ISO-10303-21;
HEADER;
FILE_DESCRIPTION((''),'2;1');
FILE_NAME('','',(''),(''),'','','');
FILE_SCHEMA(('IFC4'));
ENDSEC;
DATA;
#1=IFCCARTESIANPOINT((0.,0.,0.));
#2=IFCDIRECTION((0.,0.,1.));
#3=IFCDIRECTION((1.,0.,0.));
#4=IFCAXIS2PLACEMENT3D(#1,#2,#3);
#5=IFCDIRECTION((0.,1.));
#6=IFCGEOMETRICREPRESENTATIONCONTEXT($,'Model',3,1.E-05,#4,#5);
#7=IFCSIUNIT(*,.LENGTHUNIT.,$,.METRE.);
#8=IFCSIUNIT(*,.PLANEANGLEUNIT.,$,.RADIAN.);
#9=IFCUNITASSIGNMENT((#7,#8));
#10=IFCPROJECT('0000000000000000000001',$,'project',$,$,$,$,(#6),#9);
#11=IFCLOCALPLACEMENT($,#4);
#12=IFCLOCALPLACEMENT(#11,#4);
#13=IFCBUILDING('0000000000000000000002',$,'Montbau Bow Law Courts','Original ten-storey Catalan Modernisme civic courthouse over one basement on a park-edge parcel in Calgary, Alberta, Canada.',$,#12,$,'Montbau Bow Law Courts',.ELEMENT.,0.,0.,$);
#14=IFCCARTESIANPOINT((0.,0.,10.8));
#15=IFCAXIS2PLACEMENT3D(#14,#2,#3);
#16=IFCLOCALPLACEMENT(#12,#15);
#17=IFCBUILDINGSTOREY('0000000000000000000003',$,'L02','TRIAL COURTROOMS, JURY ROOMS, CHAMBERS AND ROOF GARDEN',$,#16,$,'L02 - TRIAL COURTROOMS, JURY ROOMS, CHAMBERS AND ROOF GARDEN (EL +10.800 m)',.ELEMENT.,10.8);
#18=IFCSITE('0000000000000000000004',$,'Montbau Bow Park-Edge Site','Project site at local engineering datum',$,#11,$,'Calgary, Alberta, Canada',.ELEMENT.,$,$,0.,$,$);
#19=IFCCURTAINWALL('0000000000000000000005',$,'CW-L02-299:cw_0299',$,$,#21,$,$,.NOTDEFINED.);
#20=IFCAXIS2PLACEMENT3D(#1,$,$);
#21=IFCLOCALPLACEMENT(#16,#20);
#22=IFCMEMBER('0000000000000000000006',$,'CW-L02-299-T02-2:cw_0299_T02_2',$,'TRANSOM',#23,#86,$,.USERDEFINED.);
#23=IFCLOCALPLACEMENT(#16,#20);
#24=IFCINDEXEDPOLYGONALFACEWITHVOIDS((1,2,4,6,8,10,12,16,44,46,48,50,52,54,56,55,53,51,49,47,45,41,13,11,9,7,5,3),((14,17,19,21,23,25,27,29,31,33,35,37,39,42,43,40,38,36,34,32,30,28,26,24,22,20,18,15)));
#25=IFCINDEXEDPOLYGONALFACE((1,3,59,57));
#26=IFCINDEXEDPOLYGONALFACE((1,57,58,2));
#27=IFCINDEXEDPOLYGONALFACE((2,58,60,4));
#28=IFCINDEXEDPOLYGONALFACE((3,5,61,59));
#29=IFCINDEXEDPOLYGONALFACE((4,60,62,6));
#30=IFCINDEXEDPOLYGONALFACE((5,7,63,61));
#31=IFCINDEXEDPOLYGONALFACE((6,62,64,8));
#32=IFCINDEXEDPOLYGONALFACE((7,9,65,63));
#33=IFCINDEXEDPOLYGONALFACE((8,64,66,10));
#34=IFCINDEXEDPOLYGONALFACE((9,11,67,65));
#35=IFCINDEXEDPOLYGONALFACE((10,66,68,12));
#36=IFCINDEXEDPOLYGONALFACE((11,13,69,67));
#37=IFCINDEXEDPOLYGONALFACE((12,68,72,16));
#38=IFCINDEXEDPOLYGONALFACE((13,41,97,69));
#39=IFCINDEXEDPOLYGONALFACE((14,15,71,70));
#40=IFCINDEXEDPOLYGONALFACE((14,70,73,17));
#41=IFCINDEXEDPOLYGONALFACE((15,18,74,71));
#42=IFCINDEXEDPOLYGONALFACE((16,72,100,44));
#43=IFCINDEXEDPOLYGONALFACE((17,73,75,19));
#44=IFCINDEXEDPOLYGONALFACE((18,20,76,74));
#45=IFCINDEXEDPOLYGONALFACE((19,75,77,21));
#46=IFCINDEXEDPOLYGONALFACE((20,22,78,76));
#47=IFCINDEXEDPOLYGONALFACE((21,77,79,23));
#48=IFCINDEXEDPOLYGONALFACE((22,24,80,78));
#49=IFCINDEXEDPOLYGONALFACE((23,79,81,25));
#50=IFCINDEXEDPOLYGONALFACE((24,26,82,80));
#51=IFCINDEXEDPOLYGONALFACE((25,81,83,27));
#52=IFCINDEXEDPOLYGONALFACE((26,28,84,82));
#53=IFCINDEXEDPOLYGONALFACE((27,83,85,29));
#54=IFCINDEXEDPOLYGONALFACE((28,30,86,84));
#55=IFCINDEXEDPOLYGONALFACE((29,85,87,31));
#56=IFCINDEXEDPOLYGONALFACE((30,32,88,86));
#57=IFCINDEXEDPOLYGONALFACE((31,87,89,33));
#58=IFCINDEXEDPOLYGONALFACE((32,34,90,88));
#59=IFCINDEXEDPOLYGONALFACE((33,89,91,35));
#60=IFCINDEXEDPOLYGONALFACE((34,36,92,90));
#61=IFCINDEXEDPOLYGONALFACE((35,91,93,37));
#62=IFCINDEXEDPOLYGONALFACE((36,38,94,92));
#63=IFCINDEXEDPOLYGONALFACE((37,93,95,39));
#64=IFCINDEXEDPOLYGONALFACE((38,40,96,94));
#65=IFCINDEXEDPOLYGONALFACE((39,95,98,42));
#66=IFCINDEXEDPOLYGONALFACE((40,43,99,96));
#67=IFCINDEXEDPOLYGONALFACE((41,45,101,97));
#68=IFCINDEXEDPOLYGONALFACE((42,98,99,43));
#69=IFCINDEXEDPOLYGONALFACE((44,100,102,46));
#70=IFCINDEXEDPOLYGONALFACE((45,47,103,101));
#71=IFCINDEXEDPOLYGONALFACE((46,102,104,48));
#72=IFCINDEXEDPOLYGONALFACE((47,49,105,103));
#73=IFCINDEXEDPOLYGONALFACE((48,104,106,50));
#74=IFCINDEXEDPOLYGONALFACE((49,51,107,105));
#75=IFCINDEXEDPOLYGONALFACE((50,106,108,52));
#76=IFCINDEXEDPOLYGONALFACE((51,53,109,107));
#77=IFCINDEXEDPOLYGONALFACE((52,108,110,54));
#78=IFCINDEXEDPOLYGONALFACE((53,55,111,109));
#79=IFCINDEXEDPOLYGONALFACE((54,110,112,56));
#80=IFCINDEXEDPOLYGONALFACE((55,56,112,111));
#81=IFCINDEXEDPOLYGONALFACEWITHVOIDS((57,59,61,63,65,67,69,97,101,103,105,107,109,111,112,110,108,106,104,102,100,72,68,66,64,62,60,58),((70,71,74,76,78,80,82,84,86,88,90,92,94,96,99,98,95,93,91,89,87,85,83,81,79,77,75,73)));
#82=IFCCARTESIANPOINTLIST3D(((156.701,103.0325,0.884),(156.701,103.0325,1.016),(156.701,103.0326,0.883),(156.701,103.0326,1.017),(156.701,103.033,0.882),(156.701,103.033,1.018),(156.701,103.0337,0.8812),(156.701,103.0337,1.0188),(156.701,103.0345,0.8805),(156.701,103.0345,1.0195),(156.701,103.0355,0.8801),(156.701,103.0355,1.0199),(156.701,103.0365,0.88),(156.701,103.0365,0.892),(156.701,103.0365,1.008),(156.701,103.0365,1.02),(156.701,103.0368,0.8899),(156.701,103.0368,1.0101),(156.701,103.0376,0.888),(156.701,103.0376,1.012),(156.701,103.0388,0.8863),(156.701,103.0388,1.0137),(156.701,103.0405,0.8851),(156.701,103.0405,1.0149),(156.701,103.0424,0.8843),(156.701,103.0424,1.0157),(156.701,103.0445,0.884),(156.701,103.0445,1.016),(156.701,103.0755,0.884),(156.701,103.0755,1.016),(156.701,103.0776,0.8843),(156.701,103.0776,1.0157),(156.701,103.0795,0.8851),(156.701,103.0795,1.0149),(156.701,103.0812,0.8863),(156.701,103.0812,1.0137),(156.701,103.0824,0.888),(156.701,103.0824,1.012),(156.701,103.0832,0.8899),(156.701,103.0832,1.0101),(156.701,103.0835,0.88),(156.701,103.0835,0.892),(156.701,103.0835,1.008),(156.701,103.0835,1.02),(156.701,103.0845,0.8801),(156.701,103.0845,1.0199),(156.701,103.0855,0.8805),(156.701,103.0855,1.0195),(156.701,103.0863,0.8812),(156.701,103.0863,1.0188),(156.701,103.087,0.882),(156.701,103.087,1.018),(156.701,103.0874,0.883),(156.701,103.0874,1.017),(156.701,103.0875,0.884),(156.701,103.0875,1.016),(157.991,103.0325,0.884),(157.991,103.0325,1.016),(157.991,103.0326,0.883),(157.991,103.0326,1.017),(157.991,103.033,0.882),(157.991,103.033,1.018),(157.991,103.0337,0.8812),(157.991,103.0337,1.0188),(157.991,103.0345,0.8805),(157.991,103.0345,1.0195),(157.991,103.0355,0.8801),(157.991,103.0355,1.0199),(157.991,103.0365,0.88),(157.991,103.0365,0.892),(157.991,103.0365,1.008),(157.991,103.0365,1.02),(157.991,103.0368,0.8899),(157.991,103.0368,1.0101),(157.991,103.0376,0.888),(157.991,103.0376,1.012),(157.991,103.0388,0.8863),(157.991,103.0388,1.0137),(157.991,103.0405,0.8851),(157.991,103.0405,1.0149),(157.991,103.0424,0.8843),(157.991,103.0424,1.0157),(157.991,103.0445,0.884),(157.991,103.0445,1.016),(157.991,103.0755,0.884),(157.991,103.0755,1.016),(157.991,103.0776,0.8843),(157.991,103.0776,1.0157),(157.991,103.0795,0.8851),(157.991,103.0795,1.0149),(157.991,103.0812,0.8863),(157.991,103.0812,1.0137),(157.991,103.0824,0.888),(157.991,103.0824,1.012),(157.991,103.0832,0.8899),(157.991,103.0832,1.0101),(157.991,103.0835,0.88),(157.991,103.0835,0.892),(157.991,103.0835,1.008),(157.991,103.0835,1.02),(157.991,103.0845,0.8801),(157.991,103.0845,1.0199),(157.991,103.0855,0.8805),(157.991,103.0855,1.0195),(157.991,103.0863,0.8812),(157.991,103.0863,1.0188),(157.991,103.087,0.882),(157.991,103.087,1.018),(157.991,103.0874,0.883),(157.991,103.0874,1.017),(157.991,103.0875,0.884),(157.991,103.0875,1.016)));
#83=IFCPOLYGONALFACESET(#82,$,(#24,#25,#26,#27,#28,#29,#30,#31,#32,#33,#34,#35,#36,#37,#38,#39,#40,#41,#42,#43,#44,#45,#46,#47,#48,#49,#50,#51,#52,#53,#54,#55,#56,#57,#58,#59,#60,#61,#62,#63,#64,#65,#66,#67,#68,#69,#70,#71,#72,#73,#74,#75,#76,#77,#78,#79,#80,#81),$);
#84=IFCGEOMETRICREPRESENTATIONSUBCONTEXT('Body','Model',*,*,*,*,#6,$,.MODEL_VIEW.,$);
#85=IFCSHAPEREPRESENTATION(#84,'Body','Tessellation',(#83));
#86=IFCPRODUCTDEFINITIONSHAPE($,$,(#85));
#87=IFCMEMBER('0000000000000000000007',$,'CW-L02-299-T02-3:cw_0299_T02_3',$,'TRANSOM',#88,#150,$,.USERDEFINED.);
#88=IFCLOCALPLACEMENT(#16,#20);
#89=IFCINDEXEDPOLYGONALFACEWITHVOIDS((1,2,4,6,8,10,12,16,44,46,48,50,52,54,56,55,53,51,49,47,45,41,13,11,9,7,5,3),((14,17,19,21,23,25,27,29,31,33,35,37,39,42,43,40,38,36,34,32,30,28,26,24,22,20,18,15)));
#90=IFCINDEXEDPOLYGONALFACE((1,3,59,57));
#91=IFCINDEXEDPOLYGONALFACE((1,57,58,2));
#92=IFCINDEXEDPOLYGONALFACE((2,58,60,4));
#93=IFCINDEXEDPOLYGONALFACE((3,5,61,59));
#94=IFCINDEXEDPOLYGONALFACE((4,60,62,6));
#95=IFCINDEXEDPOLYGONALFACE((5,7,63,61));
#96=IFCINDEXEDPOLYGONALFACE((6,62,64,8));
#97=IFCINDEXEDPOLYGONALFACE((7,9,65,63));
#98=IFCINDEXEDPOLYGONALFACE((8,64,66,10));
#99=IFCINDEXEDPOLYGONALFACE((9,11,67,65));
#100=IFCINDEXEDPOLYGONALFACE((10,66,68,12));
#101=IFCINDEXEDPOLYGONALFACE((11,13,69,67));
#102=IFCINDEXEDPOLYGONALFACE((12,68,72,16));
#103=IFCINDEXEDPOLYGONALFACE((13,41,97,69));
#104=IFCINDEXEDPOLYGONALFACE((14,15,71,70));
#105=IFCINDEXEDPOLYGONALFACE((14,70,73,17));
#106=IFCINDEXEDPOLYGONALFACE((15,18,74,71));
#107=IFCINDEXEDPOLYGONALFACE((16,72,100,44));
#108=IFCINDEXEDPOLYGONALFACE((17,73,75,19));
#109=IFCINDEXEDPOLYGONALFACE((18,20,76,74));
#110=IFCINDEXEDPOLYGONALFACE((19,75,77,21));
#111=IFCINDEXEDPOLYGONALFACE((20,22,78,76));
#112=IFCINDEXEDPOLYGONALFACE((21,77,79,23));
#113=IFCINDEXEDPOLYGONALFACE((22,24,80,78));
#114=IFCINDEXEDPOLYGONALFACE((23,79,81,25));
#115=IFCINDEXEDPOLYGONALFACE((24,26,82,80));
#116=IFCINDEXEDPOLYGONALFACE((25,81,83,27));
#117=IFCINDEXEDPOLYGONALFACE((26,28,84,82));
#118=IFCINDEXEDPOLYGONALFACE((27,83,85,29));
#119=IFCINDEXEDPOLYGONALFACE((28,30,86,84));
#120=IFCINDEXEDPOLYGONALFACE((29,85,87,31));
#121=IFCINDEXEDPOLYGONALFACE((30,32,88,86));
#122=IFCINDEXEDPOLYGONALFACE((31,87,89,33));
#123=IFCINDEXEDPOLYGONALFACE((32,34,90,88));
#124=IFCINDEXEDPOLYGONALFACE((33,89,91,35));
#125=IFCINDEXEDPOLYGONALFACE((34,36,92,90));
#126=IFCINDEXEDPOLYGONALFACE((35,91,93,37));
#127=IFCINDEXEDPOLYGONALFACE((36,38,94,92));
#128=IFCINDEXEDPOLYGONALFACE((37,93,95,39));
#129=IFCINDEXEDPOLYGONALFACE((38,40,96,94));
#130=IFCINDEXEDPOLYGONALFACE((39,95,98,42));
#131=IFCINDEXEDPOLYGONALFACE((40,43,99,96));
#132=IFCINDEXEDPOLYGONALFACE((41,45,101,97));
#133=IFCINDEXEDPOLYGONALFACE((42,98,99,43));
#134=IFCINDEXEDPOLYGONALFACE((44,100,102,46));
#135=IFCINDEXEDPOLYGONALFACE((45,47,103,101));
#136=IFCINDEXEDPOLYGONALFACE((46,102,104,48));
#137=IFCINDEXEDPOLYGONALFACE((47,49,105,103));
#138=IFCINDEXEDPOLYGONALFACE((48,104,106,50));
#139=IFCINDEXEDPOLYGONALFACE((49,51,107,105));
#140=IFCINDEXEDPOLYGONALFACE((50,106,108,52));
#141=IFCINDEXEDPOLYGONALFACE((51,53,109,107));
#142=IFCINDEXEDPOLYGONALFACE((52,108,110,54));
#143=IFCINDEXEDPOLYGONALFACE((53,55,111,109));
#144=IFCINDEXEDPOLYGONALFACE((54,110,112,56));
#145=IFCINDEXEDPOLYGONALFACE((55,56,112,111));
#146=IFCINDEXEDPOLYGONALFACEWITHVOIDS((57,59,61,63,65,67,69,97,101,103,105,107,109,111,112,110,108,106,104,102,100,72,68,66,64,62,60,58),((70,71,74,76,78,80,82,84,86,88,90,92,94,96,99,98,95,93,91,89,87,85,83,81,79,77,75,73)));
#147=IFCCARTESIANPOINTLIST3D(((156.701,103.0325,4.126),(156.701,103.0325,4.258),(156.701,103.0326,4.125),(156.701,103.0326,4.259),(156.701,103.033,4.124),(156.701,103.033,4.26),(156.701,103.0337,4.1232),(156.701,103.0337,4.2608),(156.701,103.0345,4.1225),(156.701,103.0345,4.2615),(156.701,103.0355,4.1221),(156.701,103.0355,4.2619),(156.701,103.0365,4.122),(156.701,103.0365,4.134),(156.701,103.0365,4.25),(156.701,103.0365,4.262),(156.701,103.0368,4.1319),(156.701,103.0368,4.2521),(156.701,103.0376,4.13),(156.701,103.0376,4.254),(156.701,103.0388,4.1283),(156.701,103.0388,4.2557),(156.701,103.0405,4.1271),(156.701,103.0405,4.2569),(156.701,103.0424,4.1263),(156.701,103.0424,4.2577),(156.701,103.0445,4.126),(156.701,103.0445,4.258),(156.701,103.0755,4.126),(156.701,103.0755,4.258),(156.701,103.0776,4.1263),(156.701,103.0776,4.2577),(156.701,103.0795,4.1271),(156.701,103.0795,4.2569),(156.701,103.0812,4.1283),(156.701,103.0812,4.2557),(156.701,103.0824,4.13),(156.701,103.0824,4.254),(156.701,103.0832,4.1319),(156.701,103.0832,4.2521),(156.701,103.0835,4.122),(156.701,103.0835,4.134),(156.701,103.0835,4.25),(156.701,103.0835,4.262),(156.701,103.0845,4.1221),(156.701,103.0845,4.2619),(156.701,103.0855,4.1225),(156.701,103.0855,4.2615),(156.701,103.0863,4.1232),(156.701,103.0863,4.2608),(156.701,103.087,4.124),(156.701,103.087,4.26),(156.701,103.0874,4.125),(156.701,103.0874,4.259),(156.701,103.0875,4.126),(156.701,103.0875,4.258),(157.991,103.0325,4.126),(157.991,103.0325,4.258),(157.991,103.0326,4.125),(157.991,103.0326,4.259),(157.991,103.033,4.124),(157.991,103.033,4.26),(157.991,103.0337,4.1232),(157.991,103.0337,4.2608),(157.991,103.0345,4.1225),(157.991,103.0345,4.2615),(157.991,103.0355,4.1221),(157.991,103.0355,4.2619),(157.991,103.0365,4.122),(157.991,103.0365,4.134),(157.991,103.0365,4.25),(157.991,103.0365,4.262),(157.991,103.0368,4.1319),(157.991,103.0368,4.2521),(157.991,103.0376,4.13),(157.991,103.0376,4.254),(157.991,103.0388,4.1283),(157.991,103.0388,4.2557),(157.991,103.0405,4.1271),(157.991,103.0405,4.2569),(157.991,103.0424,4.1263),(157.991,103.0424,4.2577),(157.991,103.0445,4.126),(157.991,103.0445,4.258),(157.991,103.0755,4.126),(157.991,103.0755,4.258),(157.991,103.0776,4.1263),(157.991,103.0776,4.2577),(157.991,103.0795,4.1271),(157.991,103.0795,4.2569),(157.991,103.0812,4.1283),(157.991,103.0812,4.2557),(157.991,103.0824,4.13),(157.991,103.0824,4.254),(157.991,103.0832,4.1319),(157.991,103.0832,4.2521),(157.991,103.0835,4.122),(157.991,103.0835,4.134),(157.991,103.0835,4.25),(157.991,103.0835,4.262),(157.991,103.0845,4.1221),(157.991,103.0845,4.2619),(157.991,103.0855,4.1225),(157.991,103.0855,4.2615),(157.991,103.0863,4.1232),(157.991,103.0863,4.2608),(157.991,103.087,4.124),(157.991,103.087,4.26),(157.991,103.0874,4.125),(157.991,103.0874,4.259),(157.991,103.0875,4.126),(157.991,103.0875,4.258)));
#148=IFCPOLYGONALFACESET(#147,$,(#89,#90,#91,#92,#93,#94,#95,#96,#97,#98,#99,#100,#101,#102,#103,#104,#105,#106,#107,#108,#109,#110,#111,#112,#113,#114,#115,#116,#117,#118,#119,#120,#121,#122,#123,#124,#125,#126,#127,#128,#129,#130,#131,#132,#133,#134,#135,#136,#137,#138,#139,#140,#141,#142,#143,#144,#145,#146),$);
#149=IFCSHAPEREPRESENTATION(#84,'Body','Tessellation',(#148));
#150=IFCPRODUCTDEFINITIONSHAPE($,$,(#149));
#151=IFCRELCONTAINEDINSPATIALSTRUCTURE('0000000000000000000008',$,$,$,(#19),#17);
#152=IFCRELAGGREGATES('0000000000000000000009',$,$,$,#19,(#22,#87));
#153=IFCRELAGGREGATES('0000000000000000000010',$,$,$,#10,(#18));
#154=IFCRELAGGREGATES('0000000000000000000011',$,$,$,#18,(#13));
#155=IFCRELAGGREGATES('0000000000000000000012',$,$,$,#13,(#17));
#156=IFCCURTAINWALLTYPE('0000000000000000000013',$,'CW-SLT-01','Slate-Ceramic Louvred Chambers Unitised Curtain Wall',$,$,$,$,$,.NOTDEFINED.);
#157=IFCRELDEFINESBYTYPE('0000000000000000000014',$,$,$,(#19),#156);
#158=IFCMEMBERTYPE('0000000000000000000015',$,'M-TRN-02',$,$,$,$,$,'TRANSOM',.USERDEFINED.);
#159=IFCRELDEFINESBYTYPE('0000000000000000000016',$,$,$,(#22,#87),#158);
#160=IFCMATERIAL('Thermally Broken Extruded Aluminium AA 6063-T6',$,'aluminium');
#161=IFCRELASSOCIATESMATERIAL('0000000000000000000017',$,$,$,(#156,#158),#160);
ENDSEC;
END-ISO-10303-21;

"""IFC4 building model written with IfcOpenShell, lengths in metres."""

from ifc_helpers import new_model, si_unit, direction, frame, origin_with_axes, origin_2d_with_axis, place, context, subcontext, project, spatial, hollow_rectangle, extrude, material, material_profile, profile_set, type_object, element, aggregate, save


model = new_model("IFC4")

# Units and contexts
model_context = context("Model", 3, precision=1e-05, world=origin_with_axes(), true_north=direction((0.0, 1.0)))
body_context = subcontext(model_context, "Body", "Model", "MODEL_VIEW")
ifc_project = project(units=[si_unit("LENGTHUNIT", "METRE"), si_unit("PLANEANGLEUNIT", "RADIAN")], contexts=[model_context])

# Site, building, storey
site_placement = place(None, origin_with_axes())
site = spatial("IfcSite", under=ifc_project, at=site_placement, Name="Montbau Bow Park-Edge Site", Description="Project site at local engineering datum", LongName="Calgary, Alberta, Canada", CompositionType="ELEMENT", RefElevation=0.0)
building_placement = place(site_placement, origin_with_axes())
building = spatial("IfcBuilding", under=site, at=building_placement, Name="Montbau Bow Law Courts", Description="Original ten-storey Catalan Modernisme civic courthouse over one basement on a park-edge parcel in Calgary, Alberta, Canada.", LongName="Montbau Bow Law Courts", CompositionType="ELEMENT", ElevationOfRefHeight=0.0, ElevationOfTerrain=0.0)
storey_placement = place(building_placement, frame((0.0, 0.0, 10.8), z_axis=(0.0, 0.0, 1.0), x_axis=(1.0, 0.0, 0.0)))
storey = spatial("IfcBuildingStorey", under=building, at=storey_placement, Name="L02", Description="TRIAL COURTROOMS, JURY ROOMS, CHAMBERS AND ROOF GARDEN", LongName="L02 - TRIAL COURTROOMS, JURY ROOMS, CHAMBERS AND ROOF GARDEN (EL +10.800 m)", CompositionType="ELEMENT", Elevation=10.8)

# Curtain wall, members
ifc_material_1 = material(Name="Thermally Broken Extruded Aluminium AA 6063-T6", Category="aluminium")
curtain_wall_type = type_object("IfcCurtainWallType", Name="CW-SLT-01", Description="Slate-Ceramic Louvred Chambers Unitised Curtain Wall", PredefinedType="NOTDEFINED", material=ifc_material_1)
curtain_wall_placement = place(None, frame((155.315, 103.06, 10.8), z_axis=(0.0, 0.0, 1.0), x_axis=(1.0, 0.0, 0.0)))
curtain_wall = element("IfcCurtainWall", 1, at=curtain_wall_placement, inside=storey, type_object=curtain_wall_type, Name="CW-L02-299:cw_0299", PredefinedType="NOTDEFINED")
ifc_material_profile_1 = material_profile(ifc_material_1, hollow_rectangle(XDim=0.055, YDim=0.14, WallThickness=0.004, InnerFilletRadius=0.008, OuterFilletRadius=0.004, at=origin_2d_with_axis()), Name="CWT-140X55", Category="Main", Priority=0)
ifc_profile_set_1 = profile_set([ifc_material_profile_1], Name="Thermally Broken Extruded Aluminium AA 6063-T6")
member_type_1 = type_object("IfcMemberType", Name="M-TRN-02", ElementType="TRANSOM", PredefinedType="USERDEFINED", material=ifc_profile_set_1)
member_1_placement = place(None, frame((156.701, 103.06, 11.75), z_axis=(1.0, 0.0, 0.0), x_axis=(0.0, 1.0, 0.0)))
member_1 = element("IfcMember", 2, at=member_1_placement, type_object=member_type_1, Name="CW-L02-299-T02-2:cw_0299_T02_2", ObjectType="TRANSOM", PredefinedType="USERDEFINED", context=body_context, shape_type="SweptSolid", body=[
    extrude(hollow_rectangle(XDim=0.055, YDim=0.14, WallThickness=0.004, InnerFilletRadius=0.008, OuterFilletRadius=0.004, at=origin_2d_with_axis()), origin_with_axes(), (0.0, 0.0, 1.0), 1.29),
])
member_2_placement = place(None, frame((156.701, 103.06, 14.992), z_axis=(1.0, 0.0, 0.0), x_axis=(0.0, 1.0, 0.0)))
member_2 = element("IfcMember", 3, at=member_2_placement, type_object=member_type_1, Name="CW-L02-299-T02-3:cw_0299_T02_3", ObjectType="TRANSOM", PredefinedType="USERDEFINED", context=body_context, shape_type="SweptSolid", body=[
    extrude(hollow_rectangle(XDim=0.055, YDim=0.14, WallThickness=0.004, InnerFilletRadius=0.008, OuterFilletRadius=0.004, at=origin_2d_with_axis()), origin_with_axes(), (0.0, 0.0, 1.0), 1.29),
])
aggregate(curtain_wall, [member_1, member_2])

save(model, "model.ifc")
